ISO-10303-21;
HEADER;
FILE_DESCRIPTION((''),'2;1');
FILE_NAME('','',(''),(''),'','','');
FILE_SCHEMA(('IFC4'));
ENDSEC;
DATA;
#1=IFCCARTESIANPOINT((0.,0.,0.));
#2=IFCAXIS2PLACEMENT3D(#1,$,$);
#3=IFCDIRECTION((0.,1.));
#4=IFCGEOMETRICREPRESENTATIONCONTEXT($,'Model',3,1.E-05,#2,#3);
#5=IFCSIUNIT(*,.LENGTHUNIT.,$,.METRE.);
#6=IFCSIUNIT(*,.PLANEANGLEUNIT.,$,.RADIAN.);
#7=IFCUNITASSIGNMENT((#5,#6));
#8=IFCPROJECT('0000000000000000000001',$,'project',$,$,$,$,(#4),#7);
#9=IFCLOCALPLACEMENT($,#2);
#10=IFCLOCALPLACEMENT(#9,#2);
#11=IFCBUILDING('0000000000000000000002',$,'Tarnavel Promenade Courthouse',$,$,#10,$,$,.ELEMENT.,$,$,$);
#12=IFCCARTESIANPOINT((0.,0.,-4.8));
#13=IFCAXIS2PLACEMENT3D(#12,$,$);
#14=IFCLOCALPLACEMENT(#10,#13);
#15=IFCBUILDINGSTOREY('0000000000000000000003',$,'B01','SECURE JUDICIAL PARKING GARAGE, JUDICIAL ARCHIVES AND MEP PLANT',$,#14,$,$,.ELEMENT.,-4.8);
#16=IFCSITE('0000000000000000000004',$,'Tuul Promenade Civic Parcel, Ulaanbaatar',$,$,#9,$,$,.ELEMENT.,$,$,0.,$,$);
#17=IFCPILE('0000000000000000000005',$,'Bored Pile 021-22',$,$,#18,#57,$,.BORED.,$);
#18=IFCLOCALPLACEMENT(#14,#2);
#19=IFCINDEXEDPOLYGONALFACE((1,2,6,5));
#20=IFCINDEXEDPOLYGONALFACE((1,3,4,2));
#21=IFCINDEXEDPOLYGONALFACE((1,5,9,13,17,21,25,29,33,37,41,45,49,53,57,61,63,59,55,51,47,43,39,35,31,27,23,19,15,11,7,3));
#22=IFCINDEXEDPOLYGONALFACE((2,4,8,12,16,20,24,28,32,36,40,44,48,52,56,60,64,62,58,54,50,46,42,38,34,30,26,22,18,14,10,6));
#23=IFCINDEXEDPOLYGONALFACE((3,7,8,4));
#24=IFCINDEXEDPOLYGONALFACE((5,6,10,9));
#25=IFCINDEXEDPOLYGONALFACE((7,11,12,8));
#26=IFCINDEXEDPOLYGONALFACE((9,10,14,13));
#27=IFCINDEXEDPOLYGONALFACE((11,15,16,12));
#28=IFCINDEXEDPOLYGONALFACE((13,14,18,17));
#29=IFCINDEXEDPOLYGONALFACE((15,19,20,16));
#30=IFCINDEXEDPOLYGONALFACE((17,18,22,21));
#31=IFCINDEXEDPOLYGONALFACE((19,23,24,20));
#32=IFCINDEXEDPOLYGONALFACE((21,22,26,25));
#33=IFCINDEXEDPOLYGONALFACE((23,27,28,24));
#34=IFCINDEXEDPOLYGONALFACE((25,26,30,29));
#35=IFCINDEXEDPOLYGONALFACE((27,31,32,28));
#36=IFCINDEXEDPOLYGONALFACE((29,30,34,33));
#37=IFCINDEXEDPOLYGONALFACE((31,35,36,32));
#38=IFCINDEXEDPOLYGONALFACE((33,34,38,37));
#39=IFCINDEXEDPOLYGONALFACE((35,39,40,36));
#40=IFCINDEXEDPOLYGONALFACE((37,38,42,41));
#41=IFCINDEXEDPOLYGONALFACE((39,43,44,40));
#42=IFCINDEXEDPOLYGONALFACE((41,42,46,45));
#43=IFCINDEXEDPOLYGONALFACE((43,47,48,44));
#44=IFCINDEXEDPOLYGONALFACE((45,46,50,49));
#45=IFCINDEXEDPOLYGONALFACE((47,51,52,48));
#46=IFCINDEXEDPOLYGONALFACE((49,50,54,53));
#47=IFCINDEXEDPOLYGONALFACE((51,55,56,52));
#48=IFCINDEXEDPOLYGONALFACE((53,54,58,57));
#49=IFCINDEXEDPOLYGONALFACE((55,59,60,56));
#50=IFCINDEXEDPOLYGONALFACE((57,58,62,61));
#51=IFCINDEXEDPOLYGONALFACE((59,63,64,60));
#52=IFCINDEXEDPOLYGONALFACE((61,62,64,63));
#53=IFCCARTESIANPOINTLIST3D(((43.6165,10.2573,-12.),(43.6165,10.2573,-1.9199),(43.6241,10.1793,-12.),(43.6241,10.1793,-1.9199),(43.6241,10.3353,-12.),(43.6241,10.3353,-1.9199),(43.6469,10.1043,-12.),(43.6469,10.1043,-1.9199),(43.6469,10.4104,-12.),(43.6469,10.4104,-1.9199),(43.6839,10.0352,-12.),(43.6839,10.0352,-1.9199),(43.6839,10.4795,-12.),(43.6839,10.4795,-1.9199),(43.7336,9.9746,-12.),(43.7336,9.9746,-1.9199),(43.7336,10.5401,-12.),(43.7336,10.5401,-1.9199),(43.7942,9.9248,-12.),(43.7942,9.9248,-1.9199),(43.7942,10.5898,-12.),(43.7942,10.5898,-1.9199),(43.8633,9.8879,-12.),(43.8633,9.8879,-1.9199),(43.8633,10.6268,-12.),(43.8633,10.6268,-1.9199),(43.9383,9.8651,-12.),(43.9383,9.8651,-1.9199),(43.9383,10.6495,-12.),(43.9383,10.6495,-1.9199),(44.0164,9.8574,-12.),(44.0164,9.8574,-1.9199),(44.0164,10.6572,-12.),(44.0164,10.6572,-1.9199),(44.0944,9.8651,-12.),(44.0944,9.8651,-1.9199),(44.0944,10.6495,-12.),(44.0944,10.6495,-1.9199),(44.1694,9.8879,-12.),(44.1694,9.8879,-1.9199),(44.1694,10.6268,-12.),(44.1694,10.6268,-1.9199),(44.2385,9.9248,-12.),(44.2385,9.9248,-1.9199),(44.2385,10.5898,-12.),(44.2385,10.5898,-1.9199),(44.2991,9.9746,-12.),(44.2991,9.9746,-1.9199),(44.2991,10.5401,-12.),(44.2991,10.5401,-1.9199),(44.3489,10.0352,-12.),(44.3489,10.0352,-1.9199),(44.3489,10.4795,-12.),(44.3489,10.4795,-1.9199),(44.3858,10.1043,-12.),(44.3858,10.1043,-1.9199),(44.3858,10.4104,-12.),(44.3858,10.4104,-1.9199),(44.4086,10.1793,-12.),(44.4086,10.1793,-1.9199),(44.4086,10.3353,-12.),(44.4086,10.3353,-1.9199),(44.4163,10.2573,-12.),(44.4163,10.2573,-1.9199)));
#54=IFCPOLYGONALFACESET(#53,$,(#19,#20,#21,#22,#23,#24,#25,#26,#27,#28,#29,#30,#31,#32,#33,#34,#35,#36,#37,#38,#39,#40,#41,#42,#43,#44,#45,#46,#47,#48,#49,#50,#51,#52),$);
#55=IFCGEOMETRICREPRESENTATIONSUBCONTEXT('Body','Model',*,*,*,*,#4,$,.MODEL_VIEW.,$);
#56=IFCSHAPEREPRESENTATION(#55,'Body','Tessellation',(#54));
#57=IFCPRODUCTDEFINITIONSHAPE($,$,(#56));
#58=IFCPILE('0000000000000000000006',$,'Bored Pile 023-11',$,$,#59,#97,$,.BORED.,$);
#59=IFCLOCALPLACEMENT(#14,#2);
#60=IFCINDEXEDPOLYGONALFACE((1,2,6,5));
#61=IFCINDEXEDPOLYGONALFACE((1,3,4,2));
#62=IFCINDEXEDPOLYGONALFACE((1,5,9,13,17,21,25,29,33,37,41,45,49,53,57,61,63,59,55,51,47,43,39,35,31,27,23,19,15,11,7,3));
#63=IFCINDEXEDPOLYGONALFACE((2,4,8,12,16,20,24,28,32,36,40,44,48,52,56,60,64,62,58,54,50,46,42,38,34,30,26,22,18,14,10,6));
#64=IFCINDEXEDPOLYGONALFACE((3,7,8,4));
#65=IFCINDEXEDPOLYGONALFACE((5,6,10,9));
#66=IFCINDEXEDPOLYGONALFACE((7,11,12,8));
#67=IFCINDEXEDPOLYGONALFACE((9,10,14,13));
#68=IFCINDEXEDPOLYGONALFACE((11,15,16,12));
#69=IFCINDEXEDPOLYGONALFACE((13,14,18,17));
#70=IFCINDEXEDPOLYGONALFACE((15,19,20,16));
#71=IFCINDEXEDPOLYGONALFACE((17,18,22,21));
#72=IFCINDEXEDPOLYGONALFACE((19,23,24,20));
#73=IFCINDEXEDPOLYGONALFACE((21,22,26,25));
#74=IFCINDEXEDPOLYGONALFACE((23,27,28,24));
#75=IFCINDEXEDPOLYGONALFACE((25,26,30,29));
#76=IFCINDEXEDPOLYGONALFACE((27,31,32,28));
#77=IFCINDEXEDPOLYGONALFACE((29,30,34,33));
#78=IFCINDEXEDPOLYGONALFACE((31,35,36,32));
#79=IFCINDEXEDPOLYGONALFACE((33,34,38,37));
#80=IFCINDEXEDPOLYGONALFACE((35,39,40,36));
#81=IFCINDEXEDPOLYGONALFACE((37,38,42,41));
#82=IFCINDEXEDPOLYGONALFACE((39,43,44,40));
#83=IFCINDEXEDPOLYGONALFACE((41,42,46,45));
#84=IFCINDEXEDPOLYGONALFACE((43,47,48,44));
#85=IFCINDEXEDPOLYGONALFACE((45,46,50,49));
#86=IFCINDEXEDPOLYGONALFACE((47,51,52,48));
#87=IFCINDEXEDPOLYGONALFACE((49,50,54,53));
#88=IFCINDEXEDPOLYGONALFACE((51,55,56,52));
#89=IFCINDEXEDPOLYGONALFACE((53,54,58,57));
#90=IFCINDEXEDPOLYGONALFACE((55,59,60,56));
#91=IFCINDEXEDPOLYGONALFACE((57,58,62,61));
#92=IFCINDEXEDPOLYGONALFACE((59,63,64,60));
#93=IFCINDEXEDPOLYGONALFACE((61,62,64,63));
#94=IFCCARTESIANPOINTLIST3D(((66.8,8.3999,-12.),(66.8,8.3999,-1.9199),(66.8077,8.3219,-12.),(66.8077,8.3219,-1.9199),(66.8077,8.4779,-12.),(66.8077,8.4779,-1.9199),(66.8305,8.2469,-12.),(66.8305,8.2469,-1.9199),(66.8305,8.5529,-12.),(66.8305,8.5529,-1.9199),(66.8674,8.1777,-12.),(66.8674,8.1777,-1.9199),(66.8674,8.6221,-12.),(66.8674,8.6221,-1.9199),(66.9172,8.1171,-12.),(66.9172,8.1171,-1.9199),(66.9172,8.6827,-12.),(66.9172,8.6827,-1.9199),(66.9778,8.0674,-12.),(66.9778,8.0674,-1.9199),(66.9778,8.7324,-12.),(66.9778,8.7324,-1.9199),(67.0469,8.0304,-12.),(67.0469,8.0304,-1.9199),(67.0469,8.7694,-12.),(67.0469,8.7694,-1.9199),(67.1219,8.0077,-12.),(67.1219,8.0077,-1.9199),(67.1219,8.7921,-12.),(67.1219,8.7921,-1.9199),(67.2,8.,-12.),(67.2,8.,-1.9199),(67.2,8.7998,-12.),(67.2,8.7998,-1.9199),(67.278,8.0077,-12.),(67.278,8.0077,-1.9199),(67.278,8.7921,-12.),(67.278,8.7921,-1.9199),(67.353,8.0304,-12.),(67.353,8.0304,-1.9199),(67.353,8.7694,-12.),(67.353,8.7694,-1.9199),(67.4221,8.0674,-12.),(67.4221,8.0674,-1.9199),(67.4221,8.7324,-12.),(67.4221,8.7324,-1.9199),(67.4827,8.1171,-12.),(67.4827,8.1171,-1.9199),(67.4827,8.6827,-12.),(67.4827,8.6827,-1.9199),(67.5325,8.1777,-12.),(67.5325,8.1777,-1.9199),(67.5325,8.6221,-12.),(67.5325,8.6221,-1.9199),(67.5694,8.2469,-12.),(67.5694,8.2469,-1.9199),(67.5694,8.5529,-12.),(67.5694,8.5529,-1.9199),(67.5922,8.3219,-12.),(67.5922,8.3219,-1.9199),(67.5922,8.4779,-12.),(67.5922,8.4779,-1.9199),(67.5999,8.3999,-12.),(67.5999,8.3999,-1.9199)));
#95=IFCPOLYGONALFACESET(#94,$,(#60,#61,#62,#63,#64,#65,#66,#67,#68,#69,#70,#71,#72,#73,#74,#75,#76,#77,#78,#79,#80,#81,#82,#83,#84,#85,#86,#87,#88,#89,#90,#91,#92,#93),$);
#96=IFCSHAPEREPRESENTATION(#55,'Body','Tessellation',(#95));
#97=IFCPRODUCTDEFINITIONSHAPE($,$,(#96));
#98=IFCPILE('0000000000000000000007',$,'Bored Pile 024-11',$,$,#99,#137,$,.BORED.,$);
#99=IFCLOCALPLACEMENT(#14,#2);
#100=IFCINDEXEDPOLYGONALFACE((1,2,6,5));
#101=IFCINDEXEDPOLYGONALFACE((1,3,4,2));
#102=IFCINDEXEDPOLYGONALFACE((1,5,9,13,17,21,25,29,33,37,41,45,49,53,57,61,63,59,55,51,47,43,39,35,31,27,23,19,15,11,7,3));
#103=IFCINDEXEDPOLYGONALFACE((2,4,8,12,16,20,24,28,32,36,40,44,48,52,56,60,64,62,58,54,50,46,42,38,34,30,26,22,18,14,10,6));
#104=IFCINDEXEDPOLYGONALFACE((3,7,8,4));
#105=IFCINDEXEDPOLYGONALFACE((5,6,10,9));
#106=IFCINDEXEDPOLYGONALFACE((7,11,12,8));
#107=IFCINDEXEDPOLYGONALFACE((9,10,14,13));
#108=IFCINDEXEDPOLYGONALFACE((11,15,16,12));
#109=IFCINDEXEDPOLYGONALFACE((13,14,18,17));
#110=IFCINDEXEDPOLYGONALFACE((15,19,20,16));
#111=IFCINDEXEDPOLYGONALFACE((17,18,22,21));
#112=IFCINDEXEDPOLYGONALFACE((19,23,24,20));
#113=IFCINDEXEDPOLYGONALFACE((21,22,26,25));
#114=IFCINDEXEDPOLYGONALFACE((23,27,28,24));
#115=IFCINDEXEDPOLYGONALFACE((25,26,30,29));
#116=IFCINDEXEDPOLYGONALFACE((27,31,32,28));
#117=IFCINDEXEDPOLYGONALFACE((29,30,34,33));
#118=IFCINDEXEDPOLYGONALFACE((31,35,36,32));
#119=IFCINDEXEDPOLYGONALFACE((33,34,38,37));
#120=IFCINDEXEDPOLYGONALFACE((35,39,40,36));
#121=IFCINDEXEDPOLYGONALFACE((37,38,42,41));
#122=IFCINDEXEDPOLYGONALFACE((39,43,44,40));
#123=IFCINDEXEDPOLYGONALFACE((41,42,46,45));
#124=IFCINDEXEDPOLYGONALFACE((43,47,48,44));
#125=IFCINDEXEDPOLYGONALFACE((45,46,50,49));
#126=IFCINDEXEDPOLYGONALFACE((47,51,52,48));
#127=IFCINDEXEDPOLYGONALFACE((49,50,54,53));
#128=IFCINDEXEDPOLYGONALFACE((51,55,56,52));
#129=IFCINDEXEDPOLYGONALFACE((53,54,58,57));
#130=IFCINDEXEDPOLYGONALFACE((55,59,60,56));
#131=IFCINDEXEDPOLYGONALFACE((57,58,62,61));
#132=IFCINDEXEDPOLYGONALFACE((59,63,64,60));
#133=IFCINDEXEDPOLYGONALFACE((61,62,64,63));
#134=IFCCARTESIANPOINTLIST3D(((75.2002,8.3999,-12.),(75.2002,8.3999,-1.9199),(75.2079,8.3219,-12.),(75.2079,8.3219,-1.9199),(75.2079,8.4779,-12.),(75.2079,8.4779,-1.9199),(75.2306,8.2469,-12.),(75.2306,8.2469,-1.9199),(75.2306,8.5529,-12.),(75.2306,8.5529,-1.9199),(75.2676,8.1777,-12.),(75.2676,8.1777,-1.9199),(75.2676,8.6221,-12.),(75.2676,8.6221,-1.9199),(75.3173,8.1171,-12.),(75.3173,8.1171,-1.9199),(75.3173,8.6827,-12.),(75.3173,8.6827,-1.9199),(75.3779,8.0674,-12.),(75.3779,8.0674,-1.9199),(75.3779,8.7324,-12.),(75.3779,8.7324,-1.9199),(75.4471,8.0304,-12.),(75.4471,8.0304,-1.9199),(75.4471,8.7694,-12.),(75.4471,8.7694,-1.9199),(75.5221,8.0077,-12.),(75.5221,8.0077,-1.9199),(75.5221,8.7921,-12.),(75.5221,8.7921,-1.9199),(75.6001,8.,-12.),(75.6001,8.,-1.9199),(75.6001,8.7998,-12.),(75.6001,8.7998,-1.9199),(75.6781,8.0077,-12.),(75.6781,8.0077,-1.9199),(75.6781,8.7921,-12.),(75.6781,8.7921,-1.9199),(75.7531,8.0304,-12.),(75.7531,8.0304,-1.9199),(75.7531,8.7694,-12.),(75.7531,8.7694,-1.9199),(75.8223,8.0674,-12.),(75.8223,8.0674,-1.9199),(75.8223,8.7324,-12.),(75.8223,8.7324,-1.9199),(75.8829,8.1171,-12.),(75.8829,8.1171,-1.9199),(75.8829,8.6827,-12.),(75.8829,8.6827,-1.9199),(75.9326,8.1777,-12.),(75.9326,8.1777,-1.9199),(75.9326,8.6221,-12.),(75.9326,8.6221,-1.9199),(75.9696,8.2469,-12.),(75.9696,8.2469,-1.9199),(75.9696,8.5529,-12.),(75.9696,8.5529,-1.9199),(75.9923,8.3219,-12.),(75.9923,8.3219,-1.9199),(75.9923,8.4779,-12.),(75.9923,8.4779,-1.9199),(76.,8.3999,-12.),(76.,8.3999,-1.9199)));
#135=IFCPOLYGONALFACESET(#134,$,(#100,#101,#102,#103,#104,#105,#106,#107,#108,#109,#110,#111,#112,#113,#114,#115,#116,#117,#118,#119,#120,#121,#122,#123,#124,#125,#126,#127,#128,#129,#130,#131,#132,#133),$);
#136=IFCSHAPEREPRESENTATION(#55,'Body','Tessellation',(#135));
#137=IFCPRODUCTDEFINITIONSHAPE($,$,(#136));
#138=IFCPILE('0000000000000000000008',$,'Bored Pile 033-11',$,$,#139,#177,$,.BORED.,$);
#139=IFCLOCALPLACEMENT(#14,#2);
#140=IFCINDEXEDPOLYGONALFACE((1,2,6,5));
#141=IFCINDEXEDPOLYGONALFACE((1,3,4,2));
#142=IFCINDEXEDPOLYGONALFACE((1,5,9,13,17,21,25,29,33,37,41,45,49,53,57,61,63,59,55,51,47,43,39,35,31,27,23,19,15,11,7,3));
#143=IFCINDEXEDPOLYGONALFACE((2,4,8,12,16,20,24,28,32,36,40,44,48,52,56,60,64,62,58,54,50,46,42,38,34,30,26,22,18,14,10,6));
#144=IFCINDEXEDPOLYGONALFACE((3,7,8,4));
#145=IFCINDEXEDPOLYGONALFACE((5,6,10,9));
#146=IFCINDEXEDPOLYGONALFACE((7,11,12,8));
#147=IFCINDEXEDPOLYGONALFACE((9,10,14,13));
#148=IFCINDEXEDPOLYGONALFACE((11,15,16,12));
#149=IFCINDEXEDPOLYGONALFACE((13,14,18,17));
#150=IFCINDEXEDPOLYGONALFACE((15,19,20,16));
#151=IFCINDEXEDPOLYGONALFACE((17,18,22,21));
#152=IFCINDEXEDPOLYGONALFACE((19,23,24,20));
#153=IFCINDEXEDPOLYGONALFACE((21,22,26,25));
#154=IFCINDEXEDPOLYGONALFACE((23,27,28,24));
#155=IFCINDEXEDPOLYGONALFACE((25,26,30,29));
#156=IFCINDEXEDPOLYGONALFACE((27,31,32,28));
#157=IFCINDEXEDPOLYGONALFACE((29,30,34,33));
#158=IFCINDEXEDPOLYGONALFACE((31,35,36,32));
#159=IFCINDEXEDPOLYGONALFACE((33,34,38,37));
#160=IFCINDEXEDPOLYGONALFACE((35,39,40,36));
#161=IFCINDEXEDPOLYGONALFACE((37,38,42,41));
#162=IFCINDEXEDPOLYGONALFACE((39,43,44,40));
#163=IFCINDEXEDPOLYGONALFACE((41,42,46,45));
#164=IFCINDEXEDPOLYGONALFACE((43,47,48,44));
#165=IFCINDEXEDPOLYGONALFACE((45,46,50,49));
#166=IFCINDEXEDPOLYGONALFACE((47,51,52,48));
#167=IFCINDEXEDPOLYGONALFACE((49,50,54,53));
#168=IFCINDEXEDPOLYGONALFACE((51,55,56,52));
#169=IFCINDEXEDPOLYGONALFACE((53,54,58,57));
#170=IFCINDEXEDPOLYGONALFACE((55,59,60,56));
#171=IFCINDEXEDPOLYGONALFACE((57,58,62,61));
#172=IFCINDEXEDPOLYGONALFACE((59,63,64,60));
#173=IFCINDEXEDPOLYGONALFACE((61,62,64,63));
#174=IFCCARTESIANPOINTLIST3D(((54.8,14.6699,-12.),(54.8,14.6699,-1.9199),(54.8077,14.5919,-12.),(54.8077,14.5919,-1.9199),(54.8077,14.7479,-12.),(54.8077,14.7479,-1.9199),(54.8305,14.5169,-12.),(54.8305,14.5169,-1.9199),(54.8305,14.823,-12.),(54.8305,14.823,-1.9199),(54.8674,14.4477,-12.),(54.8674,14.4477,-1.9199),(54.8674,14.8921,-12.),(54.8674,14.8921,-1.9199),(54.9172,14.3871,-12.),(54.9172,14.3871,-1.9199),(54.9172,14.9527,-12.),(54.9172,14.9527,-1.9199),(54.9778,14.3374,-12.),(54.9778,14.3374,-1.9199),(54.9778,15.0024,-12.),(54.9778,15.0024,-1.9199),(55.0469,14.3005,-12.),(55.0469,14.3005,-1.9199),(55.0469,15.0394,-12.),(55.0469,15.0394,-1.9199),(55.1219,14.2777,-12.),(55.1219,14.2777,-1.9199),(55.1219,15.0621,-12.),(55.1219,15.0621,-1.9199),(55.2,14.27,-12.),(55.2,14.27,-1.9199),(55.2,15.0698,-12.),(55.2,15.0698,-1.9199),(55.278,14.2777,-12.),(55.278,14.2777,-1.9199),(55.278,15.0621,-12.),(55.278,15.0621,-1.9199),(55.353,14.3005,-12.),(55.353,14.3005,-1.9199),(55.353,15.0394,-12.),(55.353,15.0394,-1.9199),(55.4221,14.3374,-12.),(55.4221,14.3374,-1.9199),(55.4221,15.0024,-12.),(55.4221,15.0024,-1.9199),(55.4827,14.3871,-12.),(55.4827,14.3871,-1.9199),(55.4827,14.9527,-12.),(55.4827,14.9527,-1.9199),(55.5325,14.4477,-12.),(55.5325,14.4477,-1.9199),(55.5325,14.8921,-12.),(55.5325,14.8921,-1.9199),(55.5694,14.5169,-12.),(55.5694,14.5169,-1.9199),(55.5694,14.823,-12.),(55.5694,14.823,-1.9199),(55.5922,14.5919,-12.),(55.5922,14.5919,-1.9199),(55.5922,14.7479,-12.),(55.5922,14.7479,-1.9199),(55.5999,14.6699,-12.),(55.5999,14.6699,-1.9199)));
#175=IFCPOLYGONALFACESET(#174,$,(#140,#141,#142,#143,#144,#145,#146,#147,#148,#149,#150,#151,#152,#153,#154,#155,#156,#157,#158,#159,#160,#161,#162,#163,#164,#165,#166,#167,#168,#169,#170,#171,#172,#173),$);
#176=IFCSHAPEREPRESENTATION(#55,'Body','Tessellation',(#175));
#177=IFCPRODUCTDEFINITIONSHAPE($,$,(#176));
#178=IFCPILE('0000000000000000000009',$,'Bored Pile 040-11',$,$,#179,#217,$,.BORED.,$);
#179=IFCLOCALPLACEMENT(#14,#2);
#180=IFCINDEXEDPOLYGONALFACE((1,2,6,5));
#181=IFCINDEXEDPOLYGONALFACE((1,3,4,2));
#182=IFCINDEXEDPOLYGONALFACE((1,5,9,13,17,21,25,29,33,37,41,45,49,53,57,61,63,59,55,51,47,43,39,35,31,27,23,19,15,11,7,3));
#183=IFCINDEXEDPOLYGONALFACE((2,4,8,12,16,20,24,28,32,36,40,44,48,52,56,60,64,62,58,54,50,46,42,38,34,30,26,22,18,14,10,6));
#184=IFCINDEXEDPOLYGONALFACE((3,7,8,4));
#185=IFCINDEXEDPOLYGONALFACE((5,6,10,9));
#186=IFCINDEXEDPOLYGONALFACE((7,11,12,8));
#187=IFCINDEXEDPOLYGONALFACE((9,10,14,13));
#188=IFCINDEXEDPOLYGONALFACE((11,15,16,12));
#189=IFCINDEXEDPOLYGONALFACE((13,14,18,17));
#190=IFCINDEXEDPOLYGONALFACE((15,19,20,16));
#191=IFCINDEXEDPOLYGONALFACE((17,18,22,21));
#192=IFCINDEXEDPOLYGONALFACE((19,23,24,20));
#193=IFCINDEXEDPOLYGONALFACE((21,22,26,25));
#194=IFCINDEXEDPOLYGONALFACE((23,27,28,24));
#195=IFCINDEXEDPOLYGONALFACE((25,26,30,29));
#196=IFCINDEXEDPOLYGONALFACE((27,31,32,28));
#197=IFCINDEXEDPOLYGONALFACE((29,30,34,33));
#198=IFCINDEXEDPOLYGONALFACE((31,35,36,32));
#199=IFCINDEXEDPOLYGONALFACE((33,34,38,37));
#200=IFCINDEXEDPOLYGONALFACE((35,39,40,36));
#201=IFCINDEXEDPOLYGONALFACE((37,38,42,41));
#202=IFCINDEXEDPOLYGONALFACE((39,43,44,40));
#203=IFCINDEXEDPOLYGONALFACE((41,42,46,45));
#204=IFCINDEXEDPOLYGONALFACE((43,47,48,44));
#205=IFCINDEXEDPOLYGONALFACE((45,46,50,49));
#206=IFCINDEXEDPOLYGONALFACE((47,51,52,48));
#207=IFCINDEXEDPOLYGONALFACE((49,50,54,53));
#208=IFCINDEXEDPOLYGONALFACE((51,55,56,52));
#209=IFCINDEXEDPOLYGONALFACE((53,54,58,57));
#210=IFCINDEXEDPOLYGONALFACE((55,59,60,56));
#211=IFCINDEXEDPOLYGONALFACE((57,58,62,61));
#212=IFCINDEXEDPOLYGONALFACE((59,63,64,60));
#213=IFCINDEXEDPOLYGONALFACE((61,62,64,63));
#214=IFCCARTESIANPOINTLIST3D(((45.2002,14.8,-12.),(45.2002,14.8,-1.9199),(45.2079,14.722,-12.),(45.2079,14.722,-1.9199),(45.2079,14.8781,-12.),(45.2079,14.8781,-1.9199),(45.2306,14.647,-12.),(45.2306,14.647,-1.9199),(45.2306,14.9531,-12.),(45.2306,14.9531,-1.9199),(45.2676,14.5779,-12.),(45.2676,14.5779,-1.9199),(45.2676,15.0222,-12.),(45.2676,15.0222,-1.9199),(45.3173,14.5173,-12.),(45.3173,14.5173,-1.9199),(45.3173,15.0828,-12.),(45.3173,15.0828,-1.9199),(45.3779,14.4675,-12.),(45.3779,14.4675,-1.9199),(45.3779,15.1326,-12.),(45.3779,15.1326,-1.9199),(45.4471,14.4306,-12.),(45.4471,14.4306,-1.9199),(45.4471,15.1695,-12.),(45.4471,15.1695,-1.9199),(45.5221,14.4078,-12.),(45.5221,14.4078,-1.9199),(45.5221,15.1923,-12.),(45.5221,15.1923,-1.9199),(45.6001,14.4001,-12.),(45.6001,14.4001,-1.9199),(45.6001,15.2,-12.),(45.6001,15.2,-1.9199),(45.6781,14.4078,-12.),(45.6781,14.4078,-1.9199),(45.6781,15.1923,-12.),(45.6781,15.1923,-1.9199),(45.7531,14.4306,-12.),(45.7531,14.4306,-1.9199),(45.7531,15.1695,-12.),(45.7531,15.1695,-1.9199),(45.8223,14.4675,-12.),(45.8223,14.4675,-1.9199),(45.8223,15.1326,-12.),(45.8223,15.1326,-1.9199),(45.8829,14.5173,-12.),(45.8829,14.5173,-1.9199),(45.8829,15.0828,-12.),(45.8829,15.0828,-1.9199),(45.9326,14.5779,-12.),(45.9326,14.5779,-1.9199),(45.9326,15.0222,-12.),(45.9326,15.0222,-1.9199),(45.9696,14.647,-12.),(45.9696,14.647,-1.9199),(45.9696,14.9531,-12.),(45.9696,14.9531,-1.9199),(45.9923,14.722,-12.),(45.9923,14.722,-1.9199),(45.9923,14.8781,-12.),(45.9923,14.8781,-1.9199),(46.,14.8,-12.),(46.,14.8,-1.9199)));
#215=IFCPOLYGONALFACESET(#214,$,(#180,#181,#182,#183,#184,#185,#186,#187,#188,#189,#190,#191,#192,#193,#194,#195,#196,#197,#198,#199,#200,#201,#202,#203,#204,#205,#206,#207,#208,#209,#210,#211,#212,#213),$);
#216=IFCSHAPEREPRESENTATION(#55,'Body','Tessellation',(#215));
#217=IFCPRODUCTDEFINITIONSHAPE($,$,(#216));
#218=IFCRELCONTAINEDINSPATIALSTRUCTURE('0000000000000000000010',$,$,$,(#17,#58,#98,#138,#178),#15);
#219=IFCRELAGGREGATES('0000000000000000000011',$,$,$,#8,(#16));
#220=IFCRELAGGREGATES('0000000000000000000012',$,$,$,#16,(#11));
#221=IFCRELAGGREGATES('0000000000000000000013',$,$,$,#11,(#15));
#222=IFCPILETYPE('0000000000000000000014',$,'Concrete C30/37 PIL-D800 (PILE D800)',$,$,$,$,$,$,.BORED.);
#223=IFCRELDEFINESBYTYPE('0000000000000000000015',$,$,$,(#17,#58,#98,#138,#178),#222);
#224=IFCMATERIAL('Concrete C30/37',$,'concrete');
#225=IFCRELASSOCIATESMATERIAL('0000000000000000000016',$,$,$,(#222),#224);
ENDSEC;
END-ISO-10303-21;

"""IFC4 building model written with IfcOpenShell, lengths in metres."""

from ifc_helpers import new_model, si_unit, direction, frame, origin, origin_2d, place, context, subcontext, project, spatial, circle, extrude, material, material_profile, profile_set, type_object, element, save


model = new_model("IFC4")

# Units and contexts
model_context = context("Model", 3, precision=1e-05, world=origin(), true_north=direction((0.0, 1.0)))
body_context = subcontext(model_context, "Body", "Model", "MODEL_VIEW")
ifc_project = project(units=[si_unit("LENGTHUNIT", "METRE"), si_unit("PLANEANGLEUNIT", "RADIAN")], contexts=[model_context])

# Site, building, storey
site_placement = place(None, origin())
site = spatial("IfcSite", under=ifc_project, at=site_placement, Name="Tuul Promenade Civic Parcel, Ulaanbaatar", CompositionType="ELEMENT", RefElevation=0.0)
building_placement = place(site_placement, origin())
building = spatial("IfcBuilding", under=site, at=building_placement, Name="Tarnavel Promenade Courthouse", CompositionType="ELEMENT")
storey_placement = place(building_placement, frame((0.0, 0.0, -4.8)))
storey = spatial("IfcBuildingStorey", under=building, at=storey_placement, Name="B01", Description="SECURE JUDICIAL PARKING GARAGE, JUDICIAL ARCHIVES AND MEP PLANT", CompositionType="ELEMENT", Elevation=-4.8)

# Piles
ifc_material_1 = material(Name="Concrete C30/37", Category="concrete")
ifc_material_profile_1 = material_profile(ifc_material_1, circle(Radius=0.3999, at=origin_2d()), Name="PILE D800")
ifc_profile_set_1 = profile_set([ifc_material_profile_1], Name="Concrete C30/37")
pile_type = type_object("IfcPileType", Name="Concrete C30/37 PIL-D800 (PILE D800)", PredefinedType="BORED", material=ifc_profile_set_1)
for number, where, z_axis, x_axis, name in (
    (1, (44.0164, 10.2573, -1.9199), (0.0, 0.0, -1.0), (1.0, 0.0, 0.0), "Bored Pile 021-22"),
    (2, (67.2, 8.3999, -1.9199), (0.0, 0.0, -1.0), (1.0, 0.0, 0.0), "Bored Pile 023-11"),
    (3, (75.6001, 8.3999, -1.9199), (0.0, 0.0, -1.0), (1.0, 0.0, 0.0), "Bored Pile 024-11"),
    (4, (55.2, 14.6699, -1.9199), (0.0, 0.0, -1.0), (1.0, 0.0, 0.0), "Bored Pile 033-11"),
    (5, (45.6001, 14.8, -1.9199), (0.0, 0.0, -1.0), (1.0, 0.0, 0.0), "Bored Pile 040-11"),
):
    element("IfcPile", number, at=place(storey_placement, frame(where, z_axis=z_axis, x_axis=x_axis)), inside=storey, type_object=pile_type, Name=name, PredefinedType="BORED", context=body_context, shape_type="SweptSolid", body=[
        extrude(circle(Radius=0.3999, at=origin_2d()), origin(), (0.0, 0.0, 1.0), 10.0801),
    ])

save(model, "model.ifc")
